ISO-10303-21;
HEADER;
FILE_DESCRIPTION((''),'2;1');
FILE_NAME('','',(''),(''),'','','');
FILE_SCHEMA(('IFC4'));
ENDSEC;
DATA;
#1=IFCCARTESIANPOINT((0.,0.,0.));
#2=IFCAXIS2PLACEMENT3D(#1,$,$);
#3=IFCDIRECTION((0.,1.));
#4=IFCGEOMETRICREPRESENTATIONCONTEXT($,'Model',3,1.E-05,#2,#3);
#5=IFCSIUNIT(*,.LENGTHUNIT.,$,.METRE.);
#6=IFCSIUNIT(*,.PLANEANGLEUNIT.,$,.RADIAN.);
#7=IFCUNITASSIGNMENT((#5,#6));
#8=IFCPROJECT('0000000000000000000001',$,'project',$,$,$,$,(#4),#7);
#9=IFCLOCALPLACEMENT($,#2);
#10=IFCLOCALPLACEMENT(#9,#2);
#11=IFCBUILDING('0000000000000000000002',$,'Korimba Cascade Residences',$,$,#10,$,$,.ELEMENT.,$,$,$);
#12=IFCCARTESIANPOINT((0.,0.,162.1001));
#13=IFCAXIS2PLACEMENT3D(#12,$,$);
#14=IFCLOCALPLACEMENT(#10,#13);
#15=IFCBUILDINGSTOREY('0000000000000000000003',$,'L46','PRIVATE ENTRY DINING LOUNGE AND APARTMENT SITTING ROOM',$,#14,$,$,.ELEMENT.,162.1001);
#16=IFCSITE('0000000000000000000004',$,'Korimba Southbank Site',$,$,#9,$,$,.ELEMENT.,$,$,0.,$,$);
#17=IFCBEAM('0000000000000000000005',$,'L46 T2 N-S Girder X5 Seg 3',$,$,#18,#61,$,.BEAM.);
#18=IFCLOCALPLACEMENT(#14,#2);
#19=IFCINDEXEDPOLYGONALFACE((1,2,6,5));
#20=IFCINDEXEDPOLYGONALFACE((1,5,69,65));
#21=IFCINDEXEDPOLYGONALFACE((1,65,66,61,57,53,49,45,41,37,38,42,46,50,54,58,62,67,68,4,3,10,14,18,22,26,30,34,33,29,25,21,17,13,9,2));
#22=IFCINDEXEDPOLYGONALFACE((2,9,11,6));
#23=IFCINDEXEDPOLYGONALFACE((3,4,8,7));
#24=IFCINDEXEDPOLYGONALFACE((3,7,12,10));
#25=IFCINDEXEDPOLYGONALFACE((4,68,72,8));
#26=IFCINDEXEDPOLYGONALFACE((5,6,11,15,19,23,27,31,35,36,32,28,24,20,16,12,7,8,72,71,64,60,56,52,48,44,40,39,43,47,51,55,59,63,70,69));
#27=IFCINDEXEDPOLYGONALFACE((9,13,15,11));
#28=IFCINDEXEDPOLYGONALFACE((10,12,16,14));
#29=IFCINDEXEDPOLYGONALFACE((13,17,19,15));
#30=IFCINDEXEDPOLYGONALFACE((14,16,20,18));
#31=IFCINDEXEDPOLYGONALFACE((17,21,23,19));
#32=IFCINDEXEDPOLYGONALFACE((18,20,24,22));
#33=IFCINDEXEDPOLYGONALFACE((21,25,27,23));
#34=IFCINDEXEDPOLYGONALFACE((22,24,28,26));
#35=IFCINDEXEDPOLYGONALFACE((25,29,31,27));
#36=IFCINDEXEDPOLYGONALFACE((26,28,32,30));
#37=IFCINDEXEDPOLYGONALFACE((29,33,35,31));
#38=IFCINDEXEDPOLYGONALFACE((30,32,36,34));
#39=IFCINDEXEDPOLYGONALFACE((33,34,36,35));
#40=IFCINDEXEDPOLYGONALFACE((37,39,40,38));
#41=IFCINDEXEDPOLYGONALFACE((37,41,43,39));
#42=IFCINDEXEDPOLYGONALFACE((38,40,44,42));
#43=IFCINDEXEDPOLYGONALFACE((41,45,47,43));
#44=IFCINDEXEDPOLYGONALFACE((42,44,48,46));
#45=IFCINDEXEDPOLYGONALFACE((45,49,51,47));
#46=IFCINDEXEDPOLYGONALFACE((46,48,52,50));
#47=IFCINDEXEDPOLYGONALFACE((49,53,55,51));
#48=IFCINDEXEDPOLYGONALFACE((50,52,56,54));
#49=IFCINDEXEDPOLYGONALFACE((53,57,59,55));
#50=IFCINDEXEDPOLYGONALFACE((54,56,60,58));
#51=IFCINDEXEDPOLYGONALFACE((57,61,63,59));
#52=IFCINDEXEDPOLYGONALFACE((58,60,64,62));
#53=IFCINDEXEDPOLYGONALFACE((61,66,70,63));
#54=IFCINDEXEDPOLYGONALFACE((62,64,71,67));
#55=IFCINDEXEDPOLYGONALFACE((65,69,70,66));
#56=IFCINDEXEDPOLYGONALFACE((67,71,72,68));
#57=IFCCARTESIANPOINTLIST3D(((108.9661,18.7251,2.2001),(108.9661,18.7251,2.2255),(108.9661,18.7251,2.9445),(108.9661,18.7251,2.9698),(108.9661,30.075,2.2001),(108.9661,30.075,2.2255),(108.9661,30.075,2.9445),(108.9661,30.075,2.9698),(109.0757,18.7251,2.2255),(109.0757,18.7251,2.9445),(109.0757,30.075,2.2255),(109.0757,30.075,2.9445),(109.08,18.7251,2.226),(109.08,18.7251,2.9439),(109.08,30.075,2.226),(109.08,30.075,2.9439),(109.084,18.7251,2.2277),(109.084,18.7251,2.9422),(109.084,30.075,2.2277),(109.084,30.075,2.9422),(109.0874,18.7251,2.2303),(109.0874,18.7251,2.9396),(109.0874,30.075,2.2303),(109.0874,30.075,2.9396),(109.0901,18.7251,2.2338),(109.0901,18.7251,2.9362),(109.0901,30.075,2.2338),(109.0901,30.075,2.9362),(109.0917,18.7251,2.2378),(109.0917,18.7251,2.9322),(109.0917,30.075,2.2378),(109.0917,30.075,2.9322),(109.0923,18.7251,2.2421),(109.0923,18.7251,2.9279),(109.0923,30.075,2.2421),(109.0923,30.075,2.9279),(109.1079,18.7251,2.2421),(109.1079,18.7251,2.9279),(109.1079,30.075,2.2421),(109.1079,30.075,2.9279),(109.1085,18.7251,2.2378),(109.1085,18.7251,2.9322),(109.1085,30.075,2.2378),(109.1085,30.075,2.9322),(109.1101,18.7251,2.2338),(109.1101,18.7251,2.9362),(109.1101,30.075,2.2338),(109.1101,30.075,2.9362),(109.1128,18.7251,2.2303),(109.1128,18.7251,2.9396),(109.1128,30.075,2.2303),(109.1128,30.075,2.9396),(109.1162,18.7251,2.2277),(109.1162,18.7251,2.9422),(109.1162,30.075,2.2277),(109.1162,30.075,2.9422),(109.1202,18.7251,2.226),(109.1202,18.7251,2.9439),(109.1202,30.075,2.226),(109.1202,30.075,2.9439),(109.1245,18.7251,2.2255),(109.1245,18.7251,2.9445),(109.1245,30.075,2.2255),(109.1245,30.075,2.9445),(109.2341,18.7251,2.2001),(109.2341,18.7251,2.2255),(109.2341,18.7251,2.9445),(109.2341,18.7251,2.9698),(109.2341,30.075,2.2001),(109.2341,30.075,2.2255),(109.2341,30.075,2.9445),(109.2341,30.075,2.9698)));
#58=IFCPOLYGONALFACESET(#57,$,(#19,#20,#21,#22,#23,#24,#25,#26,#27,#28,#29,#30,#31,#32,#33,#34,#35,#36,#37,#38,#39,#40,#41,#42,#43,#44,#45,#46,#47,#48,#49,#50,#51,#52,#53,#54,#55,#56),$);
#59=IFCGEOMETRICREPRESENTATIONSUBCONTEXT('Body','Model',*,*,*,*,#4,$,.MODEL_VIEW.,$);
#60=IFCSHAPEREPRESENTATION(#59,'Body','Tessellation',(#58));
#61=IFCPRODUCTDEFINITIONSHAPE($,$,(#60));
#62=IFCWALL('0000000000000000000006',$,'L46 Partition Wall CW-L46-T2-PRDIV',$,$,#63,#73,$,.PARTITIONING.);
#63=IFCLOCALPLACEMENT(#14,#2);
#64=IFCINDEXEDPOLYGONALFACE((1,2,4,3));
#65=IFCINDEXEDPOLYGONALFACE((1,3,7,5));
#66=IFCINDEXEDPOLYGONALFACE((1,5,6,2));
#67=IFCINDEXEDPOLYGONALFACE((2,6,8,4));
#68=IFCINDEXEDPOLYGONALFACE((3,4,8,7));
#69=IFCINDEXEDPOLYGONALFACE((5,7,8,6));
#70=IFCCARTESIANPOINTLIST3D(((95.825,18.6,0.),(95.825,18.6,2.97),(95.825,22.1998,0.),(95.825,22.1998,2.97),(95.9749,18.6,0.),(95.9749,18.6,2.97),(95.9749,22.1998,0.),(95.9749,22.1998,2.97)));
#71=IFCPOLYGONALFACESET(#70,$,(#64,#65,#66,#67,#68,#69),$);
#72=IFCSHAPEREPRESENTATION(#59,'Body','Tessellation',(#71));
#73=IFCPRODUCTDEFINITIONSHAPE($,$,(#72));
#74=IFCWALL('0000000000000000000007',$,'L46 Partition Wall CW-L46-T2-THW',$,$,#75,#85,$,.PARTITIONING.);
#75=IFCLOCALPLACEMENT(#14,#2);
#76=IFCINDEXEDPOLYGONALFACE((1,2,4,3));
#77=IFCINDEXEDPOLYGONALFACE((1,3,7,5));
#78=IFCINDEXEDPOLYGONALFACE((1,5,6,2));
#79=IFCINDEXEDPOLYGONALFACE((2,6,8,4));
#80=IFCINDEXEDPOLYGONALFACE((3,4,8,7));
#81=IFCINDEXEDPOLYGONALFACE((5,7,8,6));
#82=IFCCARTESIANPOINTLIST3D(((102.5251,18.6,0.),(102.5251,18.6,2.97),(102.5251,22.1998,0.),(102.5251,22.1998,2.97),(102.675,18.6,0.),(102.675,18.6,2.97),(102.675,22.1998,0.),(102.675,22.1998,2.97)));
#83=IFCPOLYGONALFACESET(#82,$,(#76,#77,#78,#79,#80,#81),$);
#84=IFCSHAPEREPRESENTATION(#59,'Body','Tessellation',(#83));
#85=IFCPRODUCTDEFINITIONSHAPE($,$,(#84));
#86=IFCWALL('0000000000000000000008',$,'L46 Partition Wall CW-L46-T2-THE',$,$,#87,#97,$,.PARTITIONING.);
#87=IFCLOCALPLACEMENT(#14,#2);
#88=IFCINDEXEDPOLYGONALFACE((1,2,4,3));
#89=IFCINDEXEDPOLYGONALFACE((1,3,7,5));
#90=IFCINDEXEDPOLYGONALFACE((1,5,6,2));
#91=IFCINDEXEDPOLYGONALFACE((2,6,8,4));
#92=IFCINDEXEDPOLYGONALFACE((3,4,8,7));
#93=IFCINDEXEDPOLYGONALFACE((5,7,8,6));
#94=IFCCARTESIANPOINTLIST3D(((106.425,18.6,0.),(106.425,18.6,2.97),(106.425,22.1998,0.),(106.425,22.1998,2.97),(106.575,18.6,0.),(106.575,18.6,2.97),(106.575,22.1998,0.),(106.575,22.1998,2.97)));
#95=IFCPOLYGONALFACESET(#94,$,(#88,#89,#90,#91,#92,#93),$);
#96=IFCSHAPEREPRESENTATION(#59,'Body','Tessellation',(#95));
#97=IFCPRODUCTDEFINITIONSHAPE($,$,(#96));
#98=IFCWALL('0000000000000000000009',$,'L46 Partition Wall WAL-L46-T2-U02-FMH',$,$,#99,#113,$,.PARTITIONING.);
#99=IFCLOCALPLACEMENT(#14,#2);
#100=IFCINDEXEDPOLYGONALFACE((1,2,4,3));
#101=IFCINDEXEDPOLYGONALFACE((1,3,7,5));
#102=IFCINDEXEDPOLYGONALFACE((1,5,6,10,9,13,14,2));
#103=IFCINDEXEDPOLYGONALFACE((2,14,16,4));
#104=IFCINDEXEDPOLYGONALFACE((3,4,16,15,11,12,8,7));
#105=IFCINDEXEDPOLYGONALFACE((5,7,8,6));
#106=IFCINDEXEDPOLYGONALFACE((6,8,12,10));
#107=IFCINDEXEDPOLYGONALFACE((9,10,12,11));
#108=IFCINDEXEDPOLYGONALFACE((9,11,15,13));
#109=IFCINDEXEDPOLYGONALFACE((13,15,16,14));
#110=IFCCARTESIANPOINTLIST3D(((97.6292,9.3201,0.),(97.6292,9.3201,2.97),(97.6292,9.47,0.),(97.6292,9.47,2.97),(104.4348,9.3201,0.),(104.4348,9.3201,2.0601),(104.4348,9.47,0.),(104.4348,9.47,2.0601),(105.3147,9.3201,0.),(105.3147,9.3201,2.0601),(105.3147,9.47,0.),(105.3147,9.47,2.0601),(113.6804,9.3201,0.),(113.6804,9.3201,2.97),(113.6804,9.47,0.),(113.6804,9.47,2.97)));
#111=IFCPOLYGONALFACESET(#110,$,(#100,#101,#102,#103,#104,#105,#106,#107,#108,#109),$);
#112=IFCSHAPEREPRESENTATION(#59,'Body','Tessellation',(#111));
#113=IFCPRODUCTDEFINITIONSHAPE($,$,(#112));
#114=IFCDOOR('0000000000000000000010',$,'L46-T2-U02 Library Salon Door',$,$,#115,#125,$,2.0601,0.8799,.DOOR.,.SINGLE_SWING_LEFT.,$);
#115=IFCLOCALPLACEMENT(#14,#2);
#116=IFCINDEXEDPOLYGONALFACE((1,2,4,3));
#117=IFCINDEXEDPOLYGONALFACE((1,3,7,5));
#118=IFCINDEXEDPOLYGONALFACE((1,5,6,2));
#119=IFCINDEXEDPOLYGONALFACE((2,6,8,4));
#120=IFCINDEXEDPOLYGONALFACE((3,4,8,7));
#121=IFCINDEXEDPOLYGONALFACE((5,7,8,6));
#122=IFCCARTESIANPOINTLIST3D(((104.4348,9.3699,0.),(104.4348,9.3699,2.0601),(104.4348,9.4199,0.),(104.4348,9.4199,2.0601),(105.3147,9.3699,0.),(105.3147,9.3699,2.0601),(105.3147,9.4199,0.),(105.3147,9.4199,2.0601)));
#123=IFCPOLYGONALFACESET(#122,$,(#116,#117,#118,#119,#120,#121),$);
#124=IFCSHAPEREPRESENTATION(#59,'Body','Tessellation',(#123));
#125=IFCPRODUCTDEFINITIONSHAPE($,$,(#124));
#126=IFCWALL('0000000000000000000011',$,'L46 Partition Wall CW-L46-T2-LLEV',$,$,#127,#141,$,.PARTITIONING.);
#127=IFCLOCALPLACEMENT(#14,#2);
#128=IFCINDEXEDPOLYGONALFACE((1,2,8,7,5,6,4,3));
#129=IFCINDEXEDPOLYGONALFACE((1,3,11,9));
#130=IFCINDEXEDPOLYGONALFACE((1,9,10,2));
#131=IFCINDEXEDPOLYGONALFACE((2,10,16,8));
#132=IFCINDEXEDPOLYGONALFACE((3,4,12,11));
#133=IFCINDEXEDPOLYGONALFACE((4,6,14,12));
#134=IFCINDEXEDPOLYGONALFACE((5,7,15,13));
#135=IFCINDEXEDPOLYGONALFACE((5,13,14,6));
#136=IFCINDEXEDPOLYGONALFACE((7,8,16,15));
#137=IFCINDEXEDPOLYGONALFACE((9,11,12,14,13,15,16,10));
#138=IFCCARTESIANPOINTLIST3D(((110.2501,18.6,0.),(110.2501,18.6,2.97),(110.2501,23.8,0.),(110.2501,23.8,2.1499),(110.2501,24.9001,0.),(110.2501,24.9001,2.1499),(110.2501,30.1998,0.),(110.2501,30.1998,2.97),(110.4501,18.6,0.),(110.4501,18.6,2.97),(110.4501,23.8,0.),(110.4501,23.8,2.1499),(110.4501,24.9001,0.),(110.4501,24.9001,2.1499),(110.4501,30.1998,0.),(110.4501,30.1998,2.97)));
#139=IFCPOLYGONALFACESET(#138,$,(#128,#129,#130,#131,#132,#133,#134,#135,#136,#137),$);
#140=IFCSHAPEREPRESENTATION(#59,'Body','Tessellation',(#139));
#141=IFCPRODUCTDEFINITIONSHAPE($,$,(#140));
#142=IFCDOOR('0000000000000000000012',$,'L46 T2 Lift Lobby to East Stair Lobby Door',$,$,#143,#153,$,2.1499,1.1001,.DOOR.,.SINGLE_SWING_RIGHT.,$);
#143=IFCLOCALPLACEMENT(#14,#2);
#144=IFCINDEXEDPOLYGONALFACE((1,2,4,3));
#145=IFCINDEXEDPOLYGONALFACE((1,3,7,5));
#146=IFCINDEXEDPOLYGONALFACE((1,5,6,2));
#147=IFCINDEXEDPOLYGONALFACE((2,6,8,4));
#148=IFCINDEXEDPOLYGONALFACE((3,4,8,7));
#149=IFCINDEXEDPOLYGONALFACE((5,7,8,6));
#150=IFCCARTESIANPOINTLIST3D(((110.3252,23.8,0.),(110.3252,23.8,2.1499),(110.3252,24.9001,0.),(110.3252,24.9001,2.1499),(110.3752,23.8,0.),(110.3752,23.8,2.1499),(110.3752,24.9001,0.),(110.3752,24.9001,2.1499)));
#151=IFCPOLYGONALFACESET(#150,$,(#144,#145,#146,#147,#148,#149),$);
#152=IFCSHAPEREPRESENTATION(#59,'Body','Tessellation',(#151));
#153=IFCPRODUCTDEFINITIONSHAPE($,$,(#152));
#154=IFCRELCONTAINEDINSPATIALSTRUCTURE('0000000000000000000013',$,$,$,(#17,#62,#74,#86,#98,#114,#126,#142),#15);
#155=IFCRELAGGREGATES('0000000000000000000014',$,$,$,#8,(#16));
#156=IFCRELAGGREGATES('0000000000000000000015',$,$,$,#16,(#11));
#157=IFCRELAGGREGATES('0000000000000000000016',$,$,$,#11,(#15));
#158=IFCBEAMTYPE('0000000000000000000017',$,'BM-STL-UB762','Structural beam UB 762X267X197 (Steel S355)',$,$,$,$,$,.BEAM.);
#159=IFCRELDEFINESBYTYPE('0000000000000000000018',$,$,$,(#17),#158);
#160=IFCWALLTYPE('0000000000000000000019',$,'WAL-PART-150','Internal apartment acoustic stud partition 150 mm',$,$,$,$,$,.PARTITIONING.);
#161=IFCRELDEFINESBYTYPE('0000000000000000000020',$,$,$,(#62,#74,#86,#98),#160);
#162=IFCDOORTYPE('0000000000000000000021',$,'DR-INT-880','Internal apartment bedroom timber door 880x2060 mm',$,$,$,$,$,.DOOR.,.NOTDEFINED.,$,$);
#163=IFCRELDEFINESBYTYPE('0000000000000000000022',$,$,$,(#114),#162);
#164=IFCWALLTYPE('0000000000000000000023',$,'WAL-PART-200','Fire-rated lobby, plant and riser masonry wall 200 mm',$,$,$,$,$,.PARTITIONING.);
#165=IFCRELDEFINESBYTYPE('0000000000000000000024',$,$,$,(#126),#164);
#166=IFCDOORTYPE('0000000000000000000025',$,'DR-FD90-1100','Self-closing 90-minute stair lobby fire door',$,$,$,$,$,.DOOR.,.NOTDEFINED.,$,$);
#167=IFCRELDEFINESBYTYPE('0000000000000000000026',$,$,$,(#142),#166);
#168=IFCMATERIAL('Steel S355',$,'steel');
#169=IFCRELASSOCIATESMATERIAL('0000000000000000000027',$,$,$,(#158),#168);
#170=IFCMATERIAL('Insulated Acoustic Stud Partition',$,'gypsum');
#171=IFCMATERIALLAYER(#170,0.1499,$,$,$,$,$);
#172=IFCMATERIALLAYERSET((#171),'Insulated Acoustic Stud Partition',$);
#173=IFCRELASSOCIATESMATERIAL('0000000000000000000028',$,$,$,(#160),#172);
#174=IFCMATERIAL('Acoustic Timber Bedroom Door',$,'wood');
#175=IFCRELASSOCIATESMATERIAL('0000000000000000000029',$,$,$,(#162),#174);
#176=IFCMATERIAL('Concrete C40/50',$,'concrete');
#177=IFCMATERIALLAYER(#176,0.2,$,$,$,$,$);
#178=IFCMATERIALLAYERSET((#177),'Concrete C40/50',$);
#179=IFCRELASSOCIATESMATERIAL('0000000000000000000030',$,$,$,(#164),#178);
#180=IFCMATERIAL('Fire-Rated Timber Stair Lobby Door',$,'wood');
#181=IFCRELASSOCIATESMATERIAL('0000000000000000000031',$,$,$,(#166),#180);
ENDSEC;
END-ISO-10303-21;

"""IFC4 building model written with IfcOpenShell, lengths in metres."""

from ifc_helpers import new_model, si_unit, direction, frame, frame_2d, origin, origin_2d, place, context, subcontext, project, spatial, rectangle, i_section, extrude, material, layer, layer_set, material_profile, profile_set, type_object, element, fill, save


model = new_model("IFC4")

# Units and contexts
model_context = context("Model", 3, precision=1e-05, world=origin(), true_north=direction((0.0, 1.0)))
body_context = subcontext(model_context, "Body", "Model", "MODEL_VIEW")
ifc_project = project(units=[si_unit("LENGTHUNIT", "METRE"), si_unit("PLANEANGLEUNIT", "RADIAN")], contexts=[model_context])

# Site, building, storey
site_placement = place(None, origin())
site = spatial("IfcSite", under=ifc_project, at=site_placement, Name="Korimba Southbank Site", CompositionType="ELEMENT", RefElevation=0.0)
building_placement = place(site_placement, origin())
building = spatial("IfcBuilding", under=site, at=building_placement, Name="Korimba Cascade Residences", CompositionType="ELEMENT")
storey_placement = place(building_placement, frame((0.0, 0.0, 162.1001)))
storey = spatial("IfcBuildingStorey", under=building, at=storey_placement, Name="L46", Description="PRIVATE ENTRY DINING LOUNGE AND APARTMENT SITTING ROOM", CompositionType="ELEMENT", Elevation=162.1001)

# Beam
ifc_material_1 = material(Name="Steel S355", Category="steel")
ifc_material_profile_1 = material_profile(ifc_material_1, i_section(OverallWidth=0.2681, OverallDepth=0.7698, WebThickness=0.0156, FlangeThickness=0.0254, FilletRadius=0.0166, at=origin_2d()), Name="Steel S355")
ifc_profile_set_1 = profile_set([ifc_material_profile_1], Name="Steel S355")
beam_type = type_object("IfcBeamType", Name="BM-STL-UB762", Description="Structural beam UB 762X267X197 (Steel S355)", PredefinedType="BEAM", material=ifc_profile_set_1)
beam_1_placement = place(storey_placement, frame((109.1001, 18.7251, 2.585), z_axis=(0.0, 1.0, 0.0), x_axis=(-1.0, 0.0, 0.0)))
element("IfcBeam", 1, at=beam_1_placement, inside=storey, type_object=beam_type, Name="L46 T2 N-S Girder X5 Seg 3", PredefinedType="BEAM", context=body_context, shape_type="SweptSolid", body=[
    extrude(i_section(OverallWidth=0.2681, OverallDepth=0.7698, WebThickness=0.0156, FlangeThickness=0.0254, FilletRadius=0.0166, at=origin_2d()), origin(), (0.0, 0.0, 1.0), 11.3499),
])

# Walls
ifc_material_2 = material(Name="Insulated Acoustic Stud Partition", Category="gypsum")
ifc_layer_1 = layer(ifc_material_2, 0.1499)
ifc_layer_set_1 = layer_set([ifc_layer_1], Name="Insulated Acoustic Stud Partition")
wall_type_1 = type_object("IfcWallType", Name="WAL-PART-150", Description="Internal apartment acoustic stud partition 150 mm", PredefinedType="PARTITIONING", material=ifc_layer_set_1)
for number, where, z_axis, x_axis, name in (
    (2, (95.8999, 18.6001, 0.0), (0.0, 0.0, 1.0), (0.0, 1.0, 0.0), "L46 Partition Wall CW-L46-T2-PRDIV"),
    (3, (102.6001, 18.6001, 0.0), (0.0, 0.0, 1.0), (0.0, 1.0, 0.0), "L46 Partition Wall CW-L46-T2-THW"),
    (4, (106.5, 18.6001, 0.0), (0.0, 0.0, 1.0), (0.0, 1.0, 0.0), "L46 Partition Wall CW-L46-T2-THE"),
):
    element("IfcWall", number, at=place(storey_placement, frame(where, z_axis=z_axis, x_axis=x_axis)), inside=storey, type_object=wall_type_1, Name=name, PredefinedType="PARTITIONING", context=body_context, shape_type="SweptSolid", body=[
        extrude(rectangle(XDim=3.5999, YDim=0.1499, at=frame_2d((1.7998, 0.0))), origin(), (0.0, 0.0, 1.0), 2.97),
    ])

# Walls, openings, doors
wall_1_placement = place(storey_placement, frame((97.6292, 9.395, 0.0), z_axis=(0.0, 0.0, 1.0), x_axis=(1.0, 0.0, 0.0)))
wall_1 = element("IfcWall", 5, at=wall_1_placement, inside=storey, type_object=wall_type_1, Name="L46 Partition Wall WAL-L46-T2-U02-FMH", PredefinedType="PARTITIONING", context=body_context, shape_type="SweptSolid", body=[
    extrude(rectangle(XDim=16.0513, YDim=0.1499, at=frame_2d((8.0256, 0.0))), origin(), (0.0, 0.0, 1.0), 2.97),
])
opening_1_placement = place(wall_1_placement, frame((6.8057, 0.0, 0.0)))
opening_1 = element("IfcOpeningElement", 6, at=opening_1_placement, cuts=wall_1, PredefinedType="OPENING", context=body_context, shape_type="SweptSolid", body=[
    extrude(rectangle(XDim=0.8799, YDim=2.0601, at=frame_2d((0.4399, 1.03))), frame((0.0, 0.085, 0.0), z_axis=(0.0, -1.0, 0.0), x_axis=(1.0, 0.0, 0.0)), (0.0, 0.0, 1.0), 0.1699),
])
ifc_material_3 = material(Name="Acoustic Timber Bedroom Door", Category="wood")
door_type_1 = type_object("IfcDoorType", Name="DR-INT-880", Description="Internal apartment bedroom timber door 880x2060 mm", OperationType="NOTDEFINED", PredefinedType="DOOR", material=ifc_material_3)
door_1_placement = place(opening_1_placement, origin())
door_1 = element("IfcDoor", 7, at=door_1_placement, inside=storey, type_object=door_type_1, Name="L46-T2-U02 Library Salon Door", OperationType="SINGLE_SWING_LEFT", OverallHeight=2.0601, OverallWidth=0.8799, PredefinedType="DOOR", context=body_context, shape_type="SweptSolid", body=[
    extrude(rectangle(XDim=0.8799, YDim=2.0601, at=frame_2d((0.4399, 1.03))), frame((0.0, 0.0249, 0.0), z_axis=(0.0, -1.0, 0.0), x_axis=(1.0, 0.0, 0.0)), (0.0, 0.0, 1.0), 0.05),
])
fill(opening_1, door_1)
ifc_material_4 = material(Name="Concrete C40/50", Category="concrete")
ifc_layer_2 = layer(ifc_material_4, 0.2)
ifc_layer_set_2 = layer_set([ifc_layer_2], Name="Concrete C40/50")
wall_type_2 = type_object("IfcWallType", Name="WAL-PART-200", Description="Fire-rated lobby, plant and riser masonry wall 200 mm", PredefinedType="PARTITIONING", material=ifc_layer_set_2)
wall_2_placement = place(storey_placement, frame((110.3501, 18.6001, 0.0), z_axis=(0.0, 0.0, 1.0), x_axis=(0.0, 1.0, 0.0)))
wall_2 = element("IfcWall", 8, at=wall_2_placement, inside=storey, type_object=wall_type_2, Name="L46 Partition Wall CW-L46-T2-LLEV", PredefinedType="PARTITIONING", context=body_context, shape_type="SweptSolid", body=[
    extrude(rectangle(XDim=11.5999, YDim=0.2, at=frame_2d((5.7998, 0.0))), origin(), (0.0, 0.0, 1.0), 2.97),
])
opening_2_placement = place(wall_2_placement, frame((5.2, 0.0, 0.0)))
opening_2 = element("IfcOpeningElement", 9, at=opening_2_placement, cuts=wall_2, PredefinedType="OPENING", context=body_context, shape_type="SweptSolid", body=[
    extrude(rectangle(XDim=1.1001, YDim=2.1499, at=frame_2d((0.55, 1.075))), frame((0.0, 0.1099, 0.0), z_axis=(0.0, -1.0, 0.0), x_axis=(1.0, 0.0, 0.0)), (0.0, 0.0, 1.0), 0.22),
])
ifc_material_5 = material(Name="Fire-Rated Timber Stair Lobby Door", Category="wood")
door_type_2 = type_object("IfcDoorType", Name="DR-FD90-1100", Description="Self-closing 90-minute stair lobby fire door", OperationType="NOTDEFINED", PredefinedType="DOOR", material=ifc_material_5)
door_2_placement = place(opening_2_placement, origin())
door_2 = element("IfcDoor", 10, at=door_2_placement, inside=storey, type_object=door_type_2, Name="L46 T2 Lift Lobby to East Stair Lobby Door", OperationType="SINGLE_SWING_RIGHT", OverallHeight=2.1499, OverallWidth=1.1001, PredefinedType="DOOR", context=body_context, shape_type="SweptSolid", body=[
    extrude(rectangle(XDim=1.1001, YDim=2.1499, at=frame_2d((0.55, 1.075))), frame((0.0, 0.0249, 0.0), z_axis=(0.0, -1.0, 0.0), x_axis=(1.0, 0.0, 0.0)), (0.0, 0.0, 1.0), 0.05),
])
fill(opening_2, door_2)

save(model, "model.ifc")
